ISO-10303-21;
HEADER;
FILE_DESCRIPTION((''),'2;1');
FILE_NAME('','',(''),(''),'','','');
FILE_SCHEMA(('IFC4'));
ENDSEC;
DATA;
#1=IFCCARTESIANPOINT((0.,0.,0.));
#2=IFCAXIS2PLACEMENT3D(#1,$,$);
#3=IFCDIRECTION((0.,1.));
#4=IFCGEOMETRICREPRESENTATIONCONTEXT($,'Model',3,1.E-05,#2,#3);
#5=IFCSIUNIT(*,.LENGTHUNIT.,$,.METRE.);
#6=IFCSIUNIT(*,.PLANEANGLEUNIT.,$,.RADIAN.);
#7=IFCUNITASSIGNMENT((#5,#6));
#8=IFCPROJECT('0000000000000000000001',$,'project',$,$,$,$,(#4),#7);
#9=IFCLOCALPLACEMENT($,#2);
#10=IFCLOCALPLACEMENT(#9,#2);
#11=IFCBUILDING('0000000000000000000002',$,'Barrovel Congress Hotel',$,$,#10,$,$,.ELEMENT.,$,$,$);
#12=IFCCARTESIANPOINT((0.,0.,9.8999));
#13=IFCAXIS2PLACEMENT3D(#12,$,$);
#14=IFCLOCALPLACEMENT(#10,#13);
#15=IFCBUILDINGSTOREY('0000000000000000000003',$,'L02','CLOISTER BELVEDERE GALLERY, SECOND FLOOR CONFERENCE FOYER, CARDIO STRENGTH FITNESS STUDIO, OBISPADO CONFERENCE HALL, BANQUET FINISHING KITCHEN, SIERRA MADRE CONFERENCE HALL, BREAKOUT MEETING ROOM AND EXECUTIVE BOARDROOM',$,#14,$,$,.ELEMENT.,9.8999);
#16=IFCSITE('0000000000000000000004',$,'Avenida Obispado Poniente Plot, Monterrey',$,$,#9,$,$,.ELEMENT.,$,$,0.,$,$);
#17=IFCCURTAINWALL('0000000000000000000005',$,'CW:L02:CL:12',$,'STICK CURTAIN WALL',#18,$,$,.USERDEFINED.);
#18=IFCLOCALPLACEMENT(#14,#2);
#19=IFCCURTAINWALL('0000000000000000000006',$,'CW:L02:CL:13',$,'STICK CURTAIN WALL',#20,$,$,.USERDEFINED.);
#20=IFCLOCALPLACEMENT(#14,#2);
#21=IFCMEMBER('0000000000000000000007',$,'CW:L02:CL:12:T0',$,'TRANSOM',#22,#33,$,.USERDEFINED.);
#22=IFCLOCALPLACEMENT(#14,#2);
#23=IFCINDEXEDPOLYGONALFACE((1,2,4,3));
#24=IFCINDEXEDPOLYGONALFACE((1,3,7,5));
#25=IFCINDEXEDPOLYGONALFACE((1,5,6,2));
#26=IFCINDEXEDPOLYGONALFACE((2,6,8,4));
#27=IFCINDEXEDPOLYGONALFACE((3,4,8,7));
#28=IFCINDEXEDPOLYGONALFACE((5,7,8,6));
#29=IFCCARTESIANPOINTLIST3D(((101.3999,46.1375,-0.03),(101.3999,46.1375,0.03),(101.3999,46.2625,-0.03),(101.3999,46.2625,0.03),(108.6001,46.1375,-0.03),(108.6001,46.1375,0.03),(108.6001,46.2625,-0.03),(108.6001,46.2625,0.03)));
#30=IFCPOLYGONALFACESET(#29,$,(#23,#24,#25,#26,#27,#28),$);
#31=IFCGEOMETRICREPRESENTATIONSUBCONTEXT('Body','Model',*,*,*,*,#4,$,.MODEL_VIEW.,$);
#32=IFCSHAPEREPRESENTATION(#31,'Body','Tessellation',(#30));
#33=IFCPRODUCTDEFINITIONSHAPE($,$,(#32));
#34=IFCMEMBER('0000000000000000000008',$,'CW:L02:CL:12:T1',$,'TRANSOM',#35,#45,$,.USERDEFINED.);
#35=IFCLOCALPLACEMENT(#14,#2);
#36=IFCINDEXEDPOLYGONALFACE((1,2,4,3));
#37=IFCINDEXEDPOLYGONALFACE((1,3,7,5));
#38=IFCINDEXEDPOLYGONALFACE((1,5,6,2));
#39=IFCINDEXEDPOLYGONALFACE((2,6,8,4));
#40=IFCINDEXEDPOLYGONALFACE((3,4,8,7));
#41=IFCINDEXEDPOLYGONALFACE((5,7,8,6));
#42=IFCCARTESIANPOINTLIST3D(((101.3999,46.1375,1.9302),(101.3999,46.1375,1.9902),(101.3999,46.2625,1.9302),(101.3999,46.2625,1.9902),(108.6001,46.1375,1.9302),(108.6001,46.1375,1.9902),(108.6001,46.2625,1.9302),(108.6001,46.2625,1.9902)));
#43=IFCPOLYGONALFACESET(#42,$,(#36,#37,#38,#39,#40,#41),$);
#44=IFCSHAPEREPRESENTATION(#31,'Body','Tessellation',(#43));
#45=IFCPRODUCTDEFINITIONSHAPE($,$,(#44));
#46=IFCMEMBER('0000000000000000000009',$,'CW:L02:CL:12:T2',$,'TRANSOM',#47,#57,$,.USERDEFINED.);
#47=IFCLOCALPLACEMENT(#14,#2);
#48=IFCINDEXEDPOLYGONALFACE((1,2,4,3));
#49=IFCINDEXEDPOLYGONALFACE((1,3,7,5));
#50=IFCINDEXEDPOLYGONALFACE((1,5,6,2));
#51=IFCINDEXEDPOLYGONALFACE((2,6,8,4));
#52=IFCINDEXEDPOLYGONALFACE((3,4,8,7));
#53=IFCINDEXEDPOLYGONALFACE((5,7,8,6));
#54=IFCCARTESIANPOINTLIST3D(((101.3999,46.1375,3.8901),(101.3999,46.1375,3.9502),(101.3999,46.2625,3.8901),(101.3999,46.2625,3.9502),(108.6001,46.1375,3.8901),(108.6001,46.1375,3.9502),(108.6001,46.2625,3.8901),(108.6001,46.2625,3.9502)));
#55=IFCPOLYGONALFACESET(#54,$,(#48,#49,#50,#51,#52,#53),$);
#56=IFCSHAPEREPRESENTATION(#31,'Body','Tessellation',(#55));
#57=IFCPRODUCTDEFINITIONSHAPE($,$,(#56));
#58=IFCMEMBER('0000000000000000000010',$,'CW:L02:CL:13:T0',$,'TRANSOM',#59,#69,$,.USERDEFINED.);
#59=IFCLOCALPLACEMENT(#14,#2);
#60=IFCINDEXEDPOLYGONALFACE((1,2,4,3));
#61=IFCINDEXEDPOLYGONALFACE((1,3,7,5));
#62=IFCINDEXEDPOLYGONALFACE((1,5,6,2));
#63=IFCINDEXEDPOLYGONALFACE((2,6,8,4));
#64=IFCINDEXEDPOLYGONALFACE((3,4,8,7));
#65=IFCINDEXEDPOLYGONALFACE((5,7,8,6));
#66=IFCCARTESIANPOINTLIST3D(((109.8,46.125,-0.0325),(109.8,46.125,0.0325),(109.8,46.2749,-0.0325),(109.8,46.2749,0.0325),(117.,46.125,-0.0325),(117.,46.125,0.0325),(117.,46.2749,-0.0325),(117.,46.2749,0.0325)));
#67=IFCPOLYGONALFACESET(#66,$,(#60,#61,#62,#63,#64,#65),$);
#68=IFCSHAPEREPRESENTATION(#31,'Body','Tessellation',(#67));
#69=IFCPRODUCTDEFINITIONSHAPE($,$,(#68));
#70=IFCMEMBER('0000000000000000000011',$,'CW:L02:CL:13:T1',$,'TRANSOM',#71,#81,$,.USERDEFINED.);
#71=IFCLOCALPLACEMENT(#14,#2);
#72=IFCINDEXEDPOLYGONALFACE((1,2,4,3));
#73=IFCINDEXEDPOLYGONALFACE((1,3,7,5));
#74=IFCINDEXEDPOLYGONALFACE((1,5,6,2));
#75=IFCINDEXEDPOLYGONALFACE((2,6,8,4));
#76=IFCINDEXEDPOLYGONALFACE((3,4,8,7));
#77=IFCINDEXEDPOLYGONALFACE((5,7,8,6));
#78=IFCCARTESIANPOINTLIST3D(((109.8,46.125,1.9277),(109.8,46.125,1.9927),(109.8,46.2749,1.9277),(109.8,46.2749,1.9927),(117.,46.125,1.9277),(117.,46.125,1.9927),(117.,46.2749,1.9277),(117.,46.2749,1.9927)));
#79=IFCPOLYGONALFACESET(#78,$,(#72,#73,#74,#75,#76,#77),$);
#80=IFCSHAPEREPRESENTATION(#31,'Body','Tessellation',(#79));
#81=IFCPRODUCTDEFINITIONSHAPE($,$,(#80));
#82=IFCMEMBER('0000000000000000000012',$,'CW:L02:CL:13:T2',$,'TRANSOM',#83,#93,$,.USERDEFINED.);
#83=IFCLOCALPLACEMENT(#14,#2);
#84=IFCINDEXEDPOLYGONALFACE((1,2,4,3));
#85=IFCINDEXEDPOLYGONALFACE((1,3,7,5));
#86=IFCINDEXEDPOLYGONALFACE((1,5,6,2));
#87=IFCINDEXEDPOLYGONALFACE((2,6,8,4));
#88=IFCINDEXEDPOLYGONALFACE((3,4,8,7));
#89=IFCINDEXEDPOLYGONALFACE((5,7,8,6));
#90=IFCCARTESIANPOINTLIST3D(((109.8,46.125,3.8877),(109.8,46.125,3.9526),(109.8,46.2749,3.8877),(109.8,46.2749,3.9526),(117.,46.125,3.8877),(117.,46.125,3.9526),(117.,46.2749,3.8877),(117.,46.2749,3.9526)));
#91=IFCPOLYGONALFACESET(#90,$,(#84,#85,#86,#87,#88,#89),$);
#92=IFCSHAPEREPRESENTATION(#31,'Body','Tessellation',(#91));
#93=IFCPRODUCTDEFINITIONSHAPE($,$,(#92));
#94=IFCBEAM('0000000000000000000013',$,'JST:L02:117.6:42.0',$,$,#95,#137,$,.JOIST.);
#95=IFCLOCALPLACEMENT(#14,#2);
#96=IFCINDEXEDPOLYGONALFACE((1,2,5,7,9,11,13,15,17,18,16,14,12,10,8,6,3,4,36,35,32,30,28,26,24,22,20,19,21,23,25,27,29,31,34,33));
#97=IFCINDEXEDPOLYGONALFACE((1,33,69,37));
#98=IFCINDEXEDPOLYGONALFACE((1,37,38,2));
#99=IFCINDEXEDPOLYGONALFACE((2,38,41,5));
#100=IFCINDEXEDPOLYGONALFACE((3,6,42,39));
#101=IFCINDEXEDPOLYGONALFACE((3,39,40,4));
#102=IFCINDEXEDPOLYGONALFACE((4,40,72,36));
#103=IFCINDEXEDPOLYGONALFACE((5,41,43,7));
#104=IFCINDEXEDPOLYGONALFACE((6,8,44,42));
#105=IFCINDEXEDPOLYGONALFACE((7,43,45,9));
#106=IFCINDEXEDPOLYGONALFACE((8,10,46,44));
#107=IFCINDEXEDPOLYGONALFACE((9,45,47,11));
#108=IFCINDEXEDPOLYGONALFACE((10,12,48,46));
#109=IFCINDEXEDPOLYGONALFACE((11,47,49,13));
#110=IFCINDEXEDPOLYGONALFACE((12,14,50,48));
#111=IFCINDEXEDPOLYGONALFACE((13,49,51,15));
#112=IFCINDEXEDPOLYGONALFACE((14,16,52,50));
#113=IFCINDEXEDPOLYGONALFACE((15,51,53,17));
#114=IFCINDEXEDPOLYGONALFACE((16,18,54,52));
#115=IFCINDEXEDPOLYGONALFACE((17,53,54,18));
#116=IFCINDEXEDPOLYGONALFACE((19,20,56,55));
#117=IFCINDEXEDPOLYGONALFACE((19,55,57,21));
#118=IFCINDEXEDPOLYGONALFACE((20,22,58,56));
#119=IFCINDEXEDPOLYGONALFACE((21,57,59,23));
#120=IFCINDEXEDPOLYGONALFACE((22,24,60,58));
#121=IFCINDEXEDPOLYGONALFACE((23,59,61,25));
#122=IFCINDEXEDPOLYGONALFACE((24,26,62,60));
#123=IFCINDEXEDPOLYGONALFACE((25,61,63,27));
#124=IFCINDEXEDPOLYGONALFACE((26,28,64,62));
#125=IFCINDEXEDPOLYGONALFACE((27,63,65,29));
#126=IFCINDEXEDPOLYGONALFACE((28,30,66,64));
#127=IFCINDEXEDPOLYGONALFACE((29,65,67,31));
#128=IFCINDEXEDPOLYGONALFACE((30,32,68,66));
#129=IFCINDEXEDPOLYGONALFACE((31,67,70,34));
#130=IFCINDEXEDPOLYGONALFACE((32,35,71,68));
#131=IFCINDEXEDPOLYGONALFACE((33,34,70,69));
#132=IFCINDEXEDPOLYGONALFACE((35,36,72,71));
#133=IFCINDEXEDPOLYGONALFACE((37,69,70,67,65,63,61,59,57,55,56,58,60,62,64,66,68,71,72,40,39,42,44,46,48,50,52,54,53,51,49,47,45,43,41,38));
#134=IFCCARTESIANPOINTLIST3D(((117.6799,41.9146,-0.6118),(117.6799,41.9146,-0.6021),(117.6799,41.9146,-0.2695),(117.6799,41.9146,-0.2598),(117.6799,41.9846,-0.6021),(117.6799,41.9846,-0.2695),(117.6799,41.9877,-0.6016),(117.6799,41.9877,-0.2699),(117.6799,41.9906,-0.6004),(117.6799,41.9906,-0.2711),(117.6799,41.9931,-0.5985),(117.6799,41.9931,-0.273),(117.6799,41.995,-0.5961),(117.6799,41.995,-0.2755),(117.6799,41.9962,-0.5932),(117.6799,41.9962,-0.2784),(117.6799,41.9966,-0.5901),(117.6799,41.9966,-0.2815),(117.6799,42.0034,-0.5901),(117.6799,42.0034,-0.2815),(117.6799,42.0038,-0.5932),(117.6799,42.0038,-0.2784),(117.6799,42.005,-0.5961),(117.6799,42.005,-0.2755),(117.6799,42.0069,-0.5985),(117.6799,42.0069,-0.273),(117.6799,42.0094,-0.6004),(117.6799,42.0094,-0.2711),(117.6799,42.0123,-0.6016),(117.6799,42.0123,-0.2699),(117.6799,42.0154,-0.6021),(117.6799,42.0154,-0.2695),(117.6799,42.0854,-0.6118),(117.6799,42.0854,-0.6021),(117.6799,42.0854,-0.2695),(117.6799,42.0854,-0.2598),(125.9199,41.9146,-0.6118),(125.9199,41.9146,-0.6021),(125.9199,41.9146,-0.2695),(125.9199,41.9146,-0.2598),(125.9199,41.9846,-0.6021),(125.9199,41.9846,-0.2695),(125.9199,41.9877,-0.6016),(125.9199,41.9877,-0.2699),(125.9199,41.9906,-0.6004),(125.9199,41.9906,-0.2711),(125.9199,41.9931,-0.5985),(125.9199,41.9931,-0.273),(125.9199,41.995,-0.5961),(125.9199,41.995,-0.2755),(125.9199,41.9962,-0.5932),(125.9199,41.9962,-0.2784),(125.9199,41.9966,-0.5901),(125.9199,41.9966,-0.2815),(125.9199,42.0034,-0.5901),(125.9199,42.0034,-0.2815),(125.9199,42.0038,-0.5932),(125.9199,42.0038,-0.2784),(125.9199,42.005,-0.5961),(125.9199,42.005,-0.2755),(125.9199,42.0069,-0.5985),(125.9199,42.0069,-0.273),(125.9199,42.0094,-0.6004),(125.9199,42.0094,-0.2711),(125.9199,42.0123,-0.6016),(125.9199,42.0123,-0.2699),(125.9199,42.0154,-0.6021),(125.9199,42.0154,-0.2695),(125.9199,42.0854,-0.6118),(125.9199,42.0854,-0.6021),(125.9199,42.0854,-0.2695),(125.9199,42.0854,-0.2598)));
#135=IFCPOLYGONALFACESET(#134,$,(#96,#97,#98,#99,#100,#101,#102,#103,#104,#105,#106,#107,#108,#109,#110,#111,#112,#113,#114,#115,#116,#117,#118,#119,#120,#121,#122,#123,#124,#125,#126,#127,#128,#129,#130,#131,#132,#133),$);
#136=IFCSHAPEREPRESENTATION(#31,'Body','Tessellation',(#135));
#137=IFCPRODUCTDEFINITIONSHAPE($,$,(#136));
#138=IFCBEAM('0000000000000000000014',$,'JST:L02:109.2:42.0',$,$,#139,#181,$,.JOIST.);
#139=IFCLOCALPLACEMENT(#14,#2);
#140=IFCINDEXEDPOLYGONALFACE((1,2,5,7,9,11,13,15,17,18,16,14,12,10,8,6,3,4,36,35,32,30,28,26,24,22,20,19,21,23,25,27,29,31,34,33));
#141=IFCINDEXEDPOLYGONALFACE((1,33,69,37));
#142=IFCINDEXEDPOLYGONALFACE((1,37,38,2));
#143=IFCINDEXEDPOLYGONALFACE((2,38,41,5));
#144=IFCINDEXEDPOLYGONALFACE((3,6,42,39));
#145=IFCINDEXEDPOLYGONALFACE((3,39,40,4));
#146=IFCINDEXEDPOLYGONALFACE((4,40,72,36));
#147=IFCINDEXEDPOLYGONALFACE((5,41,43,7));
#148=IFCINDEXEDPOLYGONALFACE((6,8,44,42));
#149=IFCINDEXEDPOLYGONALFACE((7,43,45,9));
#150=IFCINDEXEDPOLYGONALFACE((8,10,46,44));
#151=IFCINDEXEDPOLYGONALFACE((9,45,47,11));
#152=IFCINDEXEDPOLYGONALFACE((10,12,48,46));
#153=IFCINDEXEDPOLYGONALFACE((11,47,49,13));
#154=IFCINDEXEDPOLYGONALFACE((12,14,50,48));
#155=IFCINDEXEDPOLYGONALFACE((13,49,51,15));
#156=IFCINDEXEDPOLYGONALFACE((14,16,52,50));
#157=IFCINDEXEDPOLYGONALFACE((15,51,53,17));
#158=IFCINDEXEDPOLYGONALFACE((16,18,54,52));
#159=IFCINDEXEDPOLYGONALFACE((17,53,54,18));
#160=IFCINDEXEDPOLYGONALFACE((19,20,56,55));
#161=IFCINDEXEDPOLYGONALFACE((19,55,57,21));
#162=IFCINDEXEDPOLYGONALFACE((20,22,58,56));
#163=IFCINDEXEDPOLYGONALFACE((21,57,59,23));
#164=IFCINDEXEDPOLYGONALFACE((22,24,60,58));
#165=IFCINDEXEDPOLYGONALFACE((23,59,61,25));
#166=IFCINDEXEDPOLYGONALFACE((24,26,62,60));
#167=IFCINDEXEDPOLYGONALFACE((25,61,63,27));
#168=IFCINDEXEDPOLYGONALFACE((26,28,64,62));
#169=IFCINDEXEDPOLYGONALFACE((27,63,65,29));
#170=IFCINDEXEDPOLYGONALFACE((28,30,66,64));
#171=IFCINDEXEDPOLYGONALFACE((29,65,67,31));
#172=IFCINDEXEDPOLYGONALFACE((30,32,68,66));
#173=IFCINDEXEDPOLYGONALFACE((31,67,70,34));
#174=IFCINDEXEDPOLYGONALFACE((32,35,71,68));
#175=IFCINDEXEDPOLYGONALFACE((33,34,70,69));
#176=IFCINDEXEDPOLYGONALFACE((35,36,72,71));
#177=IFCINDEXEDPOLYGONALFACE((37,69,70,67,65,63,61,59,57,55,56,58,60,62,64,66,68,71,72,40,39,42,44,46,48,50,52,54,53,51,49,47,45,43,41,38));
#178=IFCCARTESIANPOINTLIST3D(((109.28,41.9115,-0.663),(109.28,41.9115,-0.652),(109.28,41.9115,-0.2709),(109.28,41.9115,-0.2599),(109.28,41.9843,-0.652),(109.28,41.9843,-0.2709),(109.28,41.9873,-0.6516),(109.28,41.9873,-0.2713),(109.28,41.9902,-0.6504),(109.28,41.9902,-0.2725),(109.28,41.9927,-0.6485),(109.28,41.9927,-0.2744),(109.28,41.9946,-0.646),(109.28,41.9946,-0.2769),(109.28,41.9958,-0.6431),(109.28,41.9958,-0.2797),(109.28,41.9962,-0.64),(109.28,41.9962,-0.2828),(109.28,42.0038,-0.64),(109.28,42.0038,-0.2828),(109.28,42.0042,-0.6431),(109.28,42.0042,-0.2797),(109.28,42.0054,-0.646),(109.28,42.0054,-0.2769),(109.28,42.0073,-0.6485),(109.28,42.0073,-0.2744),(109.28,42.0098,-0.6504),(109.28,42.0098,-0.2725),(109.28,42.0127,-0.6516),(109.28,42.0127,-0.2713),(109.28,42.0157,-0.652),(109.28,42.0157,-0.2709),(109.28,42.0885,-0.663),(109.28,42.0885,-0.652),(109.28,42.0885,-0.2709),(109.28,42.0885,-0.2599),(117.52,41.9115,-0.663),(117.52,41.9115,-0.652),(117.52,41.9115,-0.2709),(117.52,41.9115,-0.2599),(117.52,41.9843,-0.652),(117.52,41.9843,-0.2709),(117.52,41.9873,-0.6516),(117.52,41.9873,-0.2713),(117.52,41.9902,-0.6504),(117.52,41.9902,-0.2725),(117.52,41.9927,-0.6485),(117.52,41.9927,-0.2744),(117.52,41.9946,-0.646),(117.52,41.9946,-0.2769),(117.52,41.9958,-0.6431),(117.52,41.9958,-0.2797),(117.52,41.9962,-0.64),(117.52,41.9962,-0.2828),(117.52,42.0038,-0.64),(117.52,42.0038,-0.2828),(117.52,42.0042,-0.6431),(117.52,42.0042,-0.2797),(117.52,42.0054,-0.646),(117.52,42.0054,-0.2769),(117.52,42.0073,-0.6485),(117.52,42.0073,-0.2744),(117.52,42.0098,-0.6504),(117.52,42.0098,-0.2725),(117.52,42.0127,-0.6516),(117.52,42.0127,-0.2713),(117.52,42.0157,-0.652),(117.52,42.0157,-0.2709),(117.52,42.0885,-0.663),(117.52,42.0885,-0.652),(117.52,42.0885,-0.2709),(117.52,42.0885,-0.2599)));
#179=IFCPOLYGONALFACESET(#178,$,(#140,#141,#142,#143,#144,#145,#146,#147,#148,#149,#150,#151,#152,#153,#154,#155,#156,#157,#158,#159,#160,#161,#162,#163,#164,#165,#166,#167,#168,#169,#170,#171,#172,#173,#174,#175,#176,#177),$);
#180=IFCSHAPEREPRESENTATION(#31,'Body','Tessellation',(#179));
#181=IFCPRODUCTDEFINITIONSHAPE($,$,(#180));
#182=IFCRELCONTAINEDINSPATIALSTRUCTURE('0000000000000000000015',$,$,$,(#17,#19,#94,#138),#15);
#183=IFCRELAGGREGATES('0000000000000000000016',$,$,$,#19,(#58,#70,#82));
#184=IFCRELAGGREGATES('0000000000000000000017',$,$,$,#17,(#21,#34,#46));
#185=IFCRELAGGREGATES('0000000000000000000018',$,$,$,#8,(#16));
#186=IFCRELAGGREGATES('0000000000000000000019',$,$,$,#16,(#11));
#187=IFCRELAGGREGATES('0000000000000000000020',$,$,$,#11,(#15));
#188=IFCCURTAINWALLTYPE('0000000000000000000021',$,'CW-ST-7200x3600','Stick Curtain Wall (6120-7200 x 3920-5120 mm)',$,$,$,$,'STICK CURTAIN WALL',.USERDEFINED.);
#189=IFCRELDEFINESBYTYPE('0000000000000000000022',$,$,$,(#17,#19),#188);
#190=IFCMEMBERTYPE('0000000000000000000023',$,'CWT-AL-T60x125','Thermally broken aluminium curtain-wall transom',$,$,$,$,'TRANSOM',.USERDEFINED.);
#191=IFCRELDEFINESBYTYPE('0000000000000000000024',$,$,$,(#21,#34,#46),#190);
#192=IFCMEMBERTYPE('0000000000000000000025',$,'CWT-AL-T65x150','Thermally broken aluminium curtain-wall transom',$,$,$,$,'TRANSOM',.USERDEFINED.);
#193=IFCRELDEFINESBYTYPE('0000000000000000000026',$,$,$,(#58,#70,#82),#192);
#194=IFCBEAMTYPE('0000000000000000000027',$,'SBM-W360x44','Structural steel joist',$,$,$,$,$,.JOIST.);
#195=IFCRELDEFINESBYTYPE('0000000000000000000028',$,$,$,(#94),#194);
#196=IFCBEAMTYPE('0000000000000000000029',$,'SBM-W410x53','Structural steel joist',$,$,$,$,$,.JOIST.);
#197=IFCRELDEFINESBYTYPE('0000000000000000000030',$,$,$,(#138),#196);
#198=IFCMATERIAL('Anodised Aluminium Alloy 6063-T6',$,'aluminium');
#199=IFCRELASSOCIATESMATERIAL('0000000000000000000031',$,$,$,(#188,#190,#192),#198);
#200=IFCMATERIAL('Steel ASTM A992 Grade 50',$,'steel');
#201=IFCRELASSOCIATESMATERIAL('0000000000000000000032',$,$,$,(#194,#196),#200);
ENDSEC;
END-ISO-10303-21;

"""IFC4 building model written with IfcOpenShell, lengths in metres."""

from ifc_helpers import new_model, si_unit, direction, frame, origin, origin_2d, place, context, subcontext, project, spatial, rectangle, i_section, extrude, material, material_profile, profile_set, type_object, element, aggregate, save


model = new_model("IFC4")

# Units and contexts
model_context = context("Model", 3, precision=1e-05, world=origin(), true_north=direction((0.0, 1.0)))
body_context = subcontext(model_context, "Body", "Model", "MODEL_VIEW")
ifc_project = project(units=[si_unit("LENGTHUNIT", "METRE"), si_unit("PLANEANGLEUNIT", "RADIAN")], contexts=[model_context])

# Site, building, storey
site_placement = place(None, origin())
site = spatial("IfcSite", under=ifc_project, at=site_placement, Name="Avenida Obispado Poniente Plot, Monterrey", CompositionType="ELEMENT", RefElevation=0.0)
building_placement = place(site_placement, origin())
building = spatial("IfcBuilding", under=site, at=building_placement, Name="Barrovel Congress Hotel", CompositionType="ELEMENT")
storey_placement = place(building_placement, frame((0.0, 0.0, 9.8999)))
storey = spatial("IfcBuildingStorey", under=building, at=storey_placement, Name="L02", Description="CLOISTER BELVEDERE GALLERY, SECOND FLOOR CONFERENCE FOYER, CARDIO STRENGTH FITNESS STUDIO, OBISPADO CONFERENCE HALL, BANQUET FINISHING KITCHEN, SIERRA MADRE CONFERENCE HALL, BREAKOUT MEETING ROOM AND EXECUTIVE BOARDROOM", CompositionType="ELEMENT", Elevation=9.8999)

# Curtain wall
ifc_material_1 = material(Name="Anodised Aluminium Alloy 6063-T6", Category="aluminium")
curtain_wall_type = type_object("IfcCurtainWallType", Name="CW-ST-7200x3600", Description="Stick Curtain Wall (6120-7200 x 3920-5120 mm)", ElementType="STICK CURTAIN WALL", PredefinedType="USERDEFINED", material=ifc_material_1)
curtain_wall_1_placement = place(storey_placement, origin())
curtain_wall_1 = element("IfcCurtainWall", 1, at=curtain_wall_1_placement, inside=storey, type_object=curtain_wall_type, Name="CW:L02:CL:12", ObjectType="STICK CURTAIN WALL", PredefinedType="USERDEFINED")

# Curtain wall
curtain_wall_2_placement = place(storey_placement, origin())
curtain_wall_2 = element("IfcCurtainWall", 2, at=curtain_wall_2_placement, inside=storey, type_object=curtain_wall_type, Name="CW:L02:CL:13", ObjectType="STICK CURTAIN WALL", PredefinedType="USERDEFINED")

# Members
ifc_material_profile_1 = material_profile(ifc_material_1, rectangle(XDim=0.125, YDim=0.0601, at=origin_2d()), Name="AL-T60x125")
ifc_profile_set_1 = profile_set([ifc_material_profile_1], Name="Anodised Aluminium Alloy 6063-T6")
member_type_1 = type_object("IfcMemberType", Name="CWT-AL-T60x125", Description="Thermally broken aluminium curtain-wall transom", ElementType="TRANSOM", PredefinedType="USERDEFINED", material=ifc_profile_set_1)
member_1_placement = place(storey_placement, frame((108.6001, 46.2, 0.0), z_axis=(-1.0, 0.0, 0.0), x_axis=(0.0, -1.0, 0.0)))
member_1 = element("IfcMember", 3, at=member_1_placement, type_object=member_type_1, Name="CW:L02:CL:12:T0", ObjectType="TRANSOM", PredefinedType="USERDEFINED", context=body_context, shape_type="SweptSolid", body=[
    extrude(rectangle(XDim=0.125, YDim=0.0601, at=origin_2d()), origin(), (0.0, 0.0, 1.0), 7.2002),
])
member_2_placement = place(storey_placement, frame((108.6001, 46.2, 1.9602), z_axis=(-1.0, 0.0, 0.0), x_axis=(0.0, -1.0, 0.0)))
member_2 = element("IfcMember", 4, at=member_2_placement, type_object=member_type_1, Name="CW:L02:CL:12:T1", ObjectType="TRANSOM", PredefinedType="USERDEFINED", context=body_context, shape_type="SweptSolid", body=[
    extrude(rectangle(XDim=0.125, YDim=0.0601, at=origin_2d()), origin(), (0.0, 0.0, 1.0), 7.2002),
])
member_3_placement = place(storey_placement, frame((108.6001, 46.2, 3.9202), z_axis=(-1.0, 0.0, 0.0), x_axis=(0.0, -1.0, 0.0)))
member_3 = element("IfcMember", 5, at=member_3_placement, type_object=member_type_1, Name="CW:L02:CL:12:T2", ObjectType="TRANSOM", PredefinedType="USERDEFINED", context=body_context, shape_type="SweptSolid", body=[
    extrude(rectangle(XDim=0.125, YDim=0.0601, at=origin_2d()), origin(), (0.0, 0.0, 1.0), 7.2002),
])
ifc_material_profile_2 = material_profile(ifc_material_1, rectangle(XDim=0.1499, YDim=0.0649, at=origin_2d()), Name="AL-T65x150")
ifc_profile_set_2 = profile_set([ifc_material_profile_2], Name="Anodised Aluminium Alloy 6063-T6")
member_type_2 = type_object("IfcMemberType", Name="CWT-AL-T65x150", Description="Thermally broken aluminium curtain-wall transom", ElementType="TRANSOM", PredefinedType="USERDEFINED", material=ifc_profile_set_2)
member_4_placement = place(storey_placement, frame((117.0, 46.2, 0.0), z_axis=(-1.0, 0.0, 0.0), x_axis=(0.0, -1.0, 0.0)))
member_4 = element("IfcMember", 6, at=member_4_placement, type_object=member_type_2, Name="CW:L02:CL:13:T0", ObjectType="TRANSOM", PredefinedType="USERDEFINED", context=body_context, shape_type="SweptSolid", body=[
    extrude(rectangle(XDim=0.1499, YDim=0.0649, at=origin_2d()), origin(), (0.0, 0.0, 1.0), 7.2),
])
member_5_placement = place(storey_placement, frame((117.0, 46.2, 1.9602), z_axis=(-1.0, 0.0, 0.0), x_axis=(0.0, -1.0, 0.0)))
member_5 = element("IfcMember", 7, at=member_5_placement, type_object=member_type_2, Name="CW:L02:CL:13:T1", ObjectType="TRANSOM", PredefinedType="USERDEFINED", context=body_context, shape_type="SweptSolid", body=[
    extrude(rectangle(XDim=0.1499, YDim=0.0649, at=origin_2d()), origin(), (0.0, 0.0, 1.0), 7.2),
])
member_6_placement = place(storey_placement, frame((117.0, 46.2, 3.9202), z_axis=(-1.0, 0.0, 0.0), x_axis=(0.0, -1.0, 0.0)))
member_6 = element("IfcMember", 8, at=member_6_placement, type_object=member_type_2, Name="CW:L02:CL:13:T2", ObjectType="TRANSOM", PredefinedType="USERDEFINED", context=body_context, shape_type="SweptSolid", body=[
    extrude(rectangle(XDim=0.1499, YDim=0.0649, at=origin_2d()), origin(), (0.0, 0.0, 1.0), 7.2),
])

# Beams
ifc_material_2 = material(Name="Steel ASTM A992 Grade 50", Category="steel")
ifc_material_profile_3 = material_profile(ifc_material_2, i_section(OverallWidth=0.1709, OverallDepth=0.3521, WebThickness=0.0068, FlangeThickness=0.0098, FilletRadius=0.012, at=origin_2d()), Name="W360x44")
ifc_profile_set_3 = profile_set([ifc_material_profile_3], Name="Steel ASTM A992 Grade 50")
beam_type_1 = type_object("IfcBeamType", Name="SBM-W360x44", Description="Structural steel joist", PredefinedType="JOIST", material=ifc_profile_set_3)
beam_1_placement = place(storey_placement, frame((117.6799, 42.0, -0.4358), z_axis=(1.0, 0.0, 0.0), x_axis=(0.0, 1.0, 0.0)))
element("IfcBeam", 9, at=beam_1_placement, inside=storey, type_object=beam_type_1, Name="JST:L02:117.6:42.0", PredefinedType="JOIST", context=body_context, shape_type="SweptSolid", body=[
    extrude(i_section(OverallWidth=0.1709, OverallDepth=0.3521, WebThickness=0.0068, FlangeThickness=0.0098, FilletRadius=0.012, at=origin_2d()), origin(), (0.0, 0.0, 1.0), 8.24),
])
ifc_material_profile_4 = material_profile(ifc_material_2, i_section(OverallWidth=0.177, OverallDepth=0.4031, WebThickness=0.0076, FlangeThickness=0.011, FilletRadius=0.012, at=origin_2d()), Name="W410x53")
ifc_profile_set_4 = profile_set([ifc_material_profile_4], Name="Steel ASTM A992 Grade 50")
beam_type_2 = type_object("IfcBeamType", Name="SBM-W410x53", Description="Structural steel joist", PredefinedType="JOIST", material=ifc_profile_set_4)
beam_2_placement = place(storey_placement, frame((109.28, 42.0, -0.4614), z_axis=(1.0, 0.0, 0.0), x_axis=(0.0, 1.0, 0.0)))
element("IfcBeam", 10, at=beam_2_placement, inside=storey, type_object=beam_type_2, Name="JST:L02:109.2:42.0", PredefinedType="JOIST", context=body_context, shape_type="SweptSolid", body=[
    extrude(i_section(OverallWidth=0.177, OverallDepth=0.4031, WebThickness=0.0076, FlangeThickness=0.011, FilletRadius=0.012, at=origin_2d()), origin(), (0.0, 0.0, 1.0), 8.24),
])

aggregate(curtain_wall_2, [member_4, member_5, member_6])
aggregate(curtain_wall_1, [member_1, member_2, member_3])

save(model, "model.ifc")
